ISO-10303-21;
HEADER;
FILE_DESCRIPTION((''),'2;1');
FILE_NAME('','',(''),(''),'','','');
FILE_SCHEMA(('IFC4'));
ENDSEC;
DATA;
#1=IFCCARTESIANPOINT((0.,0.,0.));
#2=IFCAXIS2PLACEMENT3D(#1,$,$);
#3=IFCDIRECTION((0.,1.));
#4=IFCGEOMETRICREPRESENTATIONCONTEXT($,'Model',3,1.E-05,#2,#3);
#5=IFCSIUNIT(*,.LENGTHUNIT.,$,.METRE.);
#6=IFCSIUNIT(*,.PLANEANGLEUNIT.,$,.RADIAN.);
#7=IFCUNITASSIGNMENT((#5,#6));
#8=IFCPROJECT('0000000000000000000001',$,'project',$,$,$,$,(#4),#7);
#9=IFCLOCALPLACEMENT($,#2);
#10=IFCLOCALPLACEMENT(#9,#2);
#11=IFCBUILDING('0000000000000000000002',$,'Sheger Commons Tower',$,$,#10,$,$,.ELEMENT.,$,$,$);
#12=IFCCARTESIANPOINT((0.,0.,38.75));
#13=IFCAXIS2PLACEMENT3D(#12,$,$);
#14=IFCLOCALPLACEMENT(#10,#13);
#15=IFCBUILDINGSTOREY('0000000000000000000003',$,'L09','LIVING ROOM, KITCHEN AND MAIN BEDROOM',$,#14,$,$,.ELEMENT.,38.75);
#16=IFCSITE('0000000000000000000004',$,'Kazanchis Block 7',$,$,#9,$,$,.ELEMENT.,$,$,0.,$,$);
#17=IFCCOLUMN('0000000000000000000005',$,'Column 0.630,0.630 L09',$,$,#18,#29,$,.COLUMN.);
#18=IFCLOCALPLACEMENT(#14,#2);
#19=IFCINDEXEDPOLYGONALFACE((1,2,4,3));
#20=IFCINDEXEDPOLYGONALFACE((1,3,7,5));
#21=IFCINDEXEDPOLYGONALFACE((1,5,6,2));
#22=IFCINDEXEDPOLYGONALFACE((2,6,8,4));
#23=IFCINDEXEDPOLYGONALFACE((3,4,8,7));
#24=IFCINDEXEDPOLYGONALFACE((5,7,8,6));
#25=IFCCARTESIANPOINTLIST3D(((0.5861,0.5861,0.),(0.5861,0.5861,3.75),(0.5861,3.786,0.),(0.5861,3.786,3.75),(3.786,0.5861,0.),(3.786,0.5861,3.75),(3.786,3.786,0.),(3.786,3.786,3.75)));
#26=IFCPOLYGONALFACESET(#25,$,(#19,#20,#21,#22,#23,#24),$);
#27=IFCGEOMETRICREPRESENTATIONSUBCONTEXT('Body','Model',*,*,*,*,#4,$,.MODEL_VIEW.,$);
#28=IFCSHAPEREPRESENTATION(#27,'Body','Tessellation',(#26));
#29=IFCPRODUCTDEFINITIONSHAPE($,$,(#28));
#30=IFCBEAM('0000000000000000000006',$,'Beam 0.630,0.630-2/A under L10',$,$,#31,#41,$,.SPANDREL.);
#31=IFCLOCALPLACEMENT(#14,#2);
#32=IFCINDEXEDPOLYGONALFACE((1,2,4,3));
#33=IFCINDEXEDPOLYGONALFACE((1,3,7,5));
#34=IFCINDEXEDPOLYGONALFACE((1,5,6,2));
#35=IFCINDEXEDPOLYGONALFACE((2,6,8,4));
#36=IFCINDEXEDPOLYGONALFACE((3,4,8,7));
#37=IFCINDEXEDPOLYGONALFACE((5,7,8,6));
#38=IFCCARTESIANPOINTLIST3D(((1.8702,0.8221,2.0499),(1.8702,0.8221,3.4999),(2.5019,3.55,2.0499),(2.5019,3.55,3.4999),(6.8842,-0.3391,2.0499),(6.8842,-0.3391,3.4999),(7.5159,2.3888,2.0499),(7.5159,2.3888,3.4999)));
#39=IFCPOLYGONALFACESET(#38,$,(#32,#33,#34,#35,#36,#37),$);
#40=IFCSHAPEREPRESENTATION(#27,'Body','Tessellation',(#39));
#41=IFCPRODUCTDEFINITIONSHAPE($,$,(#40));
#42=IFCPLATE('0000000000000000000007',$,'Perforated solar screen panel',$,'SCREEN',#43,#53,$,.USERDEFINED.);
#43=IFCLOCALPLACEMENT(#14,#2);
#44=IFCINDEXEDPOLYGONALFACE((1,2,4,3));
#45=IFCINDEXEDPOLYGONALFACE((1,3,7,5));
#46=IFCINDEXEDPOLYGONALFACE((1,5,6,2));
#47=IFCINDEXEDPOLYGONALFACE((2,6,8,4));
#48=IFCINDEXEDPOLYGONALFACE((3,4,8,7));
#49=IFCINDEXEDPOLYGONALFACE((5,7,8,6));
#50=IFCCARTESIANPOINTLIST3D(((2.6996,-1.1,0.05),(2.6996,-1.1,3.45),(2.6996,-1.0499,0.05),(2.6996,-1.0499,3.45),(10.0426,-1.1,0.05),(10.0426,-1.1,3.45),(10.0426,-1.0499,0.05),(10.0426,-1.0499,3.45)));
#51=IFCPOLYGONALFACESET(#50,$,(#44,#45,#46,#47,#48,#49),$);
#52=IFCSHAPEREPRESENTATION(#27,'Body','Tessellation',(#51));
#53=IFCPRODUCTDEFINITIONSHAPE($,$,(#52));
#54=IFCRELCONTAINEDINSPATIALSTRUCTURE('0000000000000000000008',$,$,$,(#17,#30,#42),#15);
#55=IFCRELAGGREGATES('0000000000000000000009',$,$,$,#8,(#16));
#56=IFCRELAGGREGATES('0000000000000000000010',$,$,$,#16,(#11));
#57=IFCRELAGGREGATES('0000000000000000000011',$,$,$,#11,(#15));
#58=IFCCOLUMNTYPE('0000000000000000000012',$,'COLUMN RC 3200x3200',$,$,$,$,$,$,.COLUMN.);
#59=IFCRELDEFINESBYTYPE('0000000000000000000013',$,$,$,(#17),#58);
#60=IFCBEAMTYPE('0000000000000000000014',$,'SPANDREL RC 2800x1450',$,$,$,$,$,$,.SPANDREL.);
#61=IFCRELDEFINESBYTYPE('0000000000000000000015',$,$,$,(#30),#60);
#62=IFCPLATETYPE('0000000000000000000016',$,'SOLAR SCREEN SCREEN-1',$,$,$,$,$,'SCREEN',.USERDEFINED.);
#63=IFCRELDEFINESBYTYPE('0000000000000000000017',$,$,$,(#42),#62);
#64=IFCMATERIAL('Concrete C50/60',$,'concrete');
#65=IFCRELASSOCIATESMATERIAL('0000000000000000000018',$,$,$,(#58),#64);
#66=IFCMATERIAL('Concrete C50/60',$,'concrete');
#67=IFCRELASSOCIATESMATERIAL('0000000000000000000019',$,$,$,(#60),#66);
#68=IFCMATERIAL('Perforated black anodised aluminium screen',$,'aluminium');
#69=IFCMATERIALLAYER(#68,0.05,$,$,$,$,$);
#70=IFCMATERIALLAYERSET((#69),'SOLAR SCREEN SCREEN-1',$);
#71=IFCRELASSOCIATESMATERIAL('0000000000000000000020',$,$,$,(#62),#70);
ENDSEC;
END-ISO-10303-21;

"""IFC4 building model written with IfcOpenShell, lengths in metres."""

from ifc_helpers import new_model, si_unit, direction, frame, origin, origin_2d, place, context, subcontext, project, spatial, rectangle, extrude, material, layer, layer_set, material_profile, profile_set, type_object, element, save


model = new_model("IFC4")

# Units and contexts
model_context = context("Model", 3, precision=1e-05, world=origin(), true_north=direction((0.0, 1.0)))
body_context = subcontext(model_context, "Body", "Model", "MODEL_VIEW")
ifc_project = project(units=[si_unit("LENGTHUNIT", "METRE"), si_unit("PLANEANGLEUNIT", "RADIAN")], contexts=[model_context])

# Site, building, storey
site_placement = place(None, origin())
site = spatial("IfcSite", under=ifc_project, at=site_placement, Name="Kazanchis Block 7", CompositionType="ELEMENT", RefElevation=0.0)
building_placement = place(site_placement, origin())
building = spatial("IfcBuilding", under=site, at=building_placement, Name="Sheger Commons Tower", CompositionType="ELEMENT")
storey_placement = place(building_placement, frame((0.0, 0.0, 38.75)))
storey = spatial("IfcBuildingStorey", under=building, at=storey_placement, Name="L09", Description="LIVING ROOM, KITCHEN AND MAIN BEDROOM", CompositionType="ELEMENT", Elevation=38.75)

# Column
ifc_material_1 = material(Name="Concrete C50/60", Category="concrete")
ifc_material_profile_1 = material_profile(ifc_material_1, rectangle(XDim=3.2, YDim=3.2, at=origin_2d()), Name="RC 3200x3200")
ifc_profile_set_1 = profile_set([ifc_material_profile_1], Name="Concrete C50/60")
column_type = type_object("IfcColumnType", Name="COLUMN RC 3200x3200", PredefinedType="COLUMN", material=ifc_profile_set_1)
column_placement = place(storey_placement, frame((2.186, 2.186, 0.0), z_axis=(0.0, 0.0, 1.0), x_axis=(1.0, 0.0, 0.0)))
element("IfcColumn", 1, at=column_placement, inside=storey, type_object=column_type, Name="Column 0.630,0.630 L09", PredefinedType="COLUMN", context=body_context, shape_type="SweptSolid", body=[
    extrude(rectangle(XDim=3.2, YDim=3.2, at=origin_2d()), origin(), (0.0, 0.0, 1.0), 3.75),
])

# Beam
ifc_material_2 = material(Name="Concrete C50/60", Category="concrete")
ifc_material_profile_2 = material_profile(ifc_material_2, rectangle(XDim=2.8, YDim=1.45, at=origin_2d()), Name="RC 2800x1450")
ifc_profile_set_2 = profile_set([ifc_material_profile_2], Name="Concrete C50/60")
beam_type = type_object("IfcBeamType", Name="SPANDREL RC 2800x1450", PredefinedType="SPANDREL", material=ifc_profile_set_2)
beam_placement = place(storey_placement, frame((2.186, 2.186, 2.7749), z_axis=(0.974217, -0.225611, 0.0), x_axis=(0.225611, 0.974217, 0.0)))
element("IfcBeam", 2, at=beam_placement, inside=storey, type_object=beam_type, Name="Beam 0.630,0.630-2/A under L10", PredefinedType="SPANDREL", context=body_context, shape_type="SweptSolid", body=[
    extrude(rectangle(XDim=2.8, YDim=1.45, at=origin_2d()), origin(), (0.0, 0.0, 1.0), 5.1467),
])

# Plate
ifc_material_3 = material(Name="Perforated black anodised aluminium screen", Category="aluminium")
ifc_layer_1 = layer(ifc_material_3, 0.05)
ifc_layer_set_1 = layer_set([ifc_layer_1], Name="SOLAR SCREEN SCREEN-1")
plate_type = type_object("IfcPlateType", Name="SOLAR SCREEN SCREEN-1", ElementType="SCREEN", PredefinedType="USERDEFINED", material=ifc_layer_set_1)
plate_placement = place(storey_placement, frame((6.3711, -1.075, 0.05), z_axis=(0.0, 0.0, 1.0), x_axis=(1.0, 0.0, 0.0)))
element("IfcPlate", 3, at=plate_placement, inside=storey, type_object=plate_type, Name="Perforated solar screen panel", ObjectType="SCREEN", PredefinedType="USERDEFINED", context=body_context, shape_type="SweptSolid", body=[
    extrude(rectangle(XDim=7.343, YDim=0.05, at=origin_2d()), origin(), (0.0, 0.0, 1.0), 3.3999),
])

save(model, "model.ifc")
